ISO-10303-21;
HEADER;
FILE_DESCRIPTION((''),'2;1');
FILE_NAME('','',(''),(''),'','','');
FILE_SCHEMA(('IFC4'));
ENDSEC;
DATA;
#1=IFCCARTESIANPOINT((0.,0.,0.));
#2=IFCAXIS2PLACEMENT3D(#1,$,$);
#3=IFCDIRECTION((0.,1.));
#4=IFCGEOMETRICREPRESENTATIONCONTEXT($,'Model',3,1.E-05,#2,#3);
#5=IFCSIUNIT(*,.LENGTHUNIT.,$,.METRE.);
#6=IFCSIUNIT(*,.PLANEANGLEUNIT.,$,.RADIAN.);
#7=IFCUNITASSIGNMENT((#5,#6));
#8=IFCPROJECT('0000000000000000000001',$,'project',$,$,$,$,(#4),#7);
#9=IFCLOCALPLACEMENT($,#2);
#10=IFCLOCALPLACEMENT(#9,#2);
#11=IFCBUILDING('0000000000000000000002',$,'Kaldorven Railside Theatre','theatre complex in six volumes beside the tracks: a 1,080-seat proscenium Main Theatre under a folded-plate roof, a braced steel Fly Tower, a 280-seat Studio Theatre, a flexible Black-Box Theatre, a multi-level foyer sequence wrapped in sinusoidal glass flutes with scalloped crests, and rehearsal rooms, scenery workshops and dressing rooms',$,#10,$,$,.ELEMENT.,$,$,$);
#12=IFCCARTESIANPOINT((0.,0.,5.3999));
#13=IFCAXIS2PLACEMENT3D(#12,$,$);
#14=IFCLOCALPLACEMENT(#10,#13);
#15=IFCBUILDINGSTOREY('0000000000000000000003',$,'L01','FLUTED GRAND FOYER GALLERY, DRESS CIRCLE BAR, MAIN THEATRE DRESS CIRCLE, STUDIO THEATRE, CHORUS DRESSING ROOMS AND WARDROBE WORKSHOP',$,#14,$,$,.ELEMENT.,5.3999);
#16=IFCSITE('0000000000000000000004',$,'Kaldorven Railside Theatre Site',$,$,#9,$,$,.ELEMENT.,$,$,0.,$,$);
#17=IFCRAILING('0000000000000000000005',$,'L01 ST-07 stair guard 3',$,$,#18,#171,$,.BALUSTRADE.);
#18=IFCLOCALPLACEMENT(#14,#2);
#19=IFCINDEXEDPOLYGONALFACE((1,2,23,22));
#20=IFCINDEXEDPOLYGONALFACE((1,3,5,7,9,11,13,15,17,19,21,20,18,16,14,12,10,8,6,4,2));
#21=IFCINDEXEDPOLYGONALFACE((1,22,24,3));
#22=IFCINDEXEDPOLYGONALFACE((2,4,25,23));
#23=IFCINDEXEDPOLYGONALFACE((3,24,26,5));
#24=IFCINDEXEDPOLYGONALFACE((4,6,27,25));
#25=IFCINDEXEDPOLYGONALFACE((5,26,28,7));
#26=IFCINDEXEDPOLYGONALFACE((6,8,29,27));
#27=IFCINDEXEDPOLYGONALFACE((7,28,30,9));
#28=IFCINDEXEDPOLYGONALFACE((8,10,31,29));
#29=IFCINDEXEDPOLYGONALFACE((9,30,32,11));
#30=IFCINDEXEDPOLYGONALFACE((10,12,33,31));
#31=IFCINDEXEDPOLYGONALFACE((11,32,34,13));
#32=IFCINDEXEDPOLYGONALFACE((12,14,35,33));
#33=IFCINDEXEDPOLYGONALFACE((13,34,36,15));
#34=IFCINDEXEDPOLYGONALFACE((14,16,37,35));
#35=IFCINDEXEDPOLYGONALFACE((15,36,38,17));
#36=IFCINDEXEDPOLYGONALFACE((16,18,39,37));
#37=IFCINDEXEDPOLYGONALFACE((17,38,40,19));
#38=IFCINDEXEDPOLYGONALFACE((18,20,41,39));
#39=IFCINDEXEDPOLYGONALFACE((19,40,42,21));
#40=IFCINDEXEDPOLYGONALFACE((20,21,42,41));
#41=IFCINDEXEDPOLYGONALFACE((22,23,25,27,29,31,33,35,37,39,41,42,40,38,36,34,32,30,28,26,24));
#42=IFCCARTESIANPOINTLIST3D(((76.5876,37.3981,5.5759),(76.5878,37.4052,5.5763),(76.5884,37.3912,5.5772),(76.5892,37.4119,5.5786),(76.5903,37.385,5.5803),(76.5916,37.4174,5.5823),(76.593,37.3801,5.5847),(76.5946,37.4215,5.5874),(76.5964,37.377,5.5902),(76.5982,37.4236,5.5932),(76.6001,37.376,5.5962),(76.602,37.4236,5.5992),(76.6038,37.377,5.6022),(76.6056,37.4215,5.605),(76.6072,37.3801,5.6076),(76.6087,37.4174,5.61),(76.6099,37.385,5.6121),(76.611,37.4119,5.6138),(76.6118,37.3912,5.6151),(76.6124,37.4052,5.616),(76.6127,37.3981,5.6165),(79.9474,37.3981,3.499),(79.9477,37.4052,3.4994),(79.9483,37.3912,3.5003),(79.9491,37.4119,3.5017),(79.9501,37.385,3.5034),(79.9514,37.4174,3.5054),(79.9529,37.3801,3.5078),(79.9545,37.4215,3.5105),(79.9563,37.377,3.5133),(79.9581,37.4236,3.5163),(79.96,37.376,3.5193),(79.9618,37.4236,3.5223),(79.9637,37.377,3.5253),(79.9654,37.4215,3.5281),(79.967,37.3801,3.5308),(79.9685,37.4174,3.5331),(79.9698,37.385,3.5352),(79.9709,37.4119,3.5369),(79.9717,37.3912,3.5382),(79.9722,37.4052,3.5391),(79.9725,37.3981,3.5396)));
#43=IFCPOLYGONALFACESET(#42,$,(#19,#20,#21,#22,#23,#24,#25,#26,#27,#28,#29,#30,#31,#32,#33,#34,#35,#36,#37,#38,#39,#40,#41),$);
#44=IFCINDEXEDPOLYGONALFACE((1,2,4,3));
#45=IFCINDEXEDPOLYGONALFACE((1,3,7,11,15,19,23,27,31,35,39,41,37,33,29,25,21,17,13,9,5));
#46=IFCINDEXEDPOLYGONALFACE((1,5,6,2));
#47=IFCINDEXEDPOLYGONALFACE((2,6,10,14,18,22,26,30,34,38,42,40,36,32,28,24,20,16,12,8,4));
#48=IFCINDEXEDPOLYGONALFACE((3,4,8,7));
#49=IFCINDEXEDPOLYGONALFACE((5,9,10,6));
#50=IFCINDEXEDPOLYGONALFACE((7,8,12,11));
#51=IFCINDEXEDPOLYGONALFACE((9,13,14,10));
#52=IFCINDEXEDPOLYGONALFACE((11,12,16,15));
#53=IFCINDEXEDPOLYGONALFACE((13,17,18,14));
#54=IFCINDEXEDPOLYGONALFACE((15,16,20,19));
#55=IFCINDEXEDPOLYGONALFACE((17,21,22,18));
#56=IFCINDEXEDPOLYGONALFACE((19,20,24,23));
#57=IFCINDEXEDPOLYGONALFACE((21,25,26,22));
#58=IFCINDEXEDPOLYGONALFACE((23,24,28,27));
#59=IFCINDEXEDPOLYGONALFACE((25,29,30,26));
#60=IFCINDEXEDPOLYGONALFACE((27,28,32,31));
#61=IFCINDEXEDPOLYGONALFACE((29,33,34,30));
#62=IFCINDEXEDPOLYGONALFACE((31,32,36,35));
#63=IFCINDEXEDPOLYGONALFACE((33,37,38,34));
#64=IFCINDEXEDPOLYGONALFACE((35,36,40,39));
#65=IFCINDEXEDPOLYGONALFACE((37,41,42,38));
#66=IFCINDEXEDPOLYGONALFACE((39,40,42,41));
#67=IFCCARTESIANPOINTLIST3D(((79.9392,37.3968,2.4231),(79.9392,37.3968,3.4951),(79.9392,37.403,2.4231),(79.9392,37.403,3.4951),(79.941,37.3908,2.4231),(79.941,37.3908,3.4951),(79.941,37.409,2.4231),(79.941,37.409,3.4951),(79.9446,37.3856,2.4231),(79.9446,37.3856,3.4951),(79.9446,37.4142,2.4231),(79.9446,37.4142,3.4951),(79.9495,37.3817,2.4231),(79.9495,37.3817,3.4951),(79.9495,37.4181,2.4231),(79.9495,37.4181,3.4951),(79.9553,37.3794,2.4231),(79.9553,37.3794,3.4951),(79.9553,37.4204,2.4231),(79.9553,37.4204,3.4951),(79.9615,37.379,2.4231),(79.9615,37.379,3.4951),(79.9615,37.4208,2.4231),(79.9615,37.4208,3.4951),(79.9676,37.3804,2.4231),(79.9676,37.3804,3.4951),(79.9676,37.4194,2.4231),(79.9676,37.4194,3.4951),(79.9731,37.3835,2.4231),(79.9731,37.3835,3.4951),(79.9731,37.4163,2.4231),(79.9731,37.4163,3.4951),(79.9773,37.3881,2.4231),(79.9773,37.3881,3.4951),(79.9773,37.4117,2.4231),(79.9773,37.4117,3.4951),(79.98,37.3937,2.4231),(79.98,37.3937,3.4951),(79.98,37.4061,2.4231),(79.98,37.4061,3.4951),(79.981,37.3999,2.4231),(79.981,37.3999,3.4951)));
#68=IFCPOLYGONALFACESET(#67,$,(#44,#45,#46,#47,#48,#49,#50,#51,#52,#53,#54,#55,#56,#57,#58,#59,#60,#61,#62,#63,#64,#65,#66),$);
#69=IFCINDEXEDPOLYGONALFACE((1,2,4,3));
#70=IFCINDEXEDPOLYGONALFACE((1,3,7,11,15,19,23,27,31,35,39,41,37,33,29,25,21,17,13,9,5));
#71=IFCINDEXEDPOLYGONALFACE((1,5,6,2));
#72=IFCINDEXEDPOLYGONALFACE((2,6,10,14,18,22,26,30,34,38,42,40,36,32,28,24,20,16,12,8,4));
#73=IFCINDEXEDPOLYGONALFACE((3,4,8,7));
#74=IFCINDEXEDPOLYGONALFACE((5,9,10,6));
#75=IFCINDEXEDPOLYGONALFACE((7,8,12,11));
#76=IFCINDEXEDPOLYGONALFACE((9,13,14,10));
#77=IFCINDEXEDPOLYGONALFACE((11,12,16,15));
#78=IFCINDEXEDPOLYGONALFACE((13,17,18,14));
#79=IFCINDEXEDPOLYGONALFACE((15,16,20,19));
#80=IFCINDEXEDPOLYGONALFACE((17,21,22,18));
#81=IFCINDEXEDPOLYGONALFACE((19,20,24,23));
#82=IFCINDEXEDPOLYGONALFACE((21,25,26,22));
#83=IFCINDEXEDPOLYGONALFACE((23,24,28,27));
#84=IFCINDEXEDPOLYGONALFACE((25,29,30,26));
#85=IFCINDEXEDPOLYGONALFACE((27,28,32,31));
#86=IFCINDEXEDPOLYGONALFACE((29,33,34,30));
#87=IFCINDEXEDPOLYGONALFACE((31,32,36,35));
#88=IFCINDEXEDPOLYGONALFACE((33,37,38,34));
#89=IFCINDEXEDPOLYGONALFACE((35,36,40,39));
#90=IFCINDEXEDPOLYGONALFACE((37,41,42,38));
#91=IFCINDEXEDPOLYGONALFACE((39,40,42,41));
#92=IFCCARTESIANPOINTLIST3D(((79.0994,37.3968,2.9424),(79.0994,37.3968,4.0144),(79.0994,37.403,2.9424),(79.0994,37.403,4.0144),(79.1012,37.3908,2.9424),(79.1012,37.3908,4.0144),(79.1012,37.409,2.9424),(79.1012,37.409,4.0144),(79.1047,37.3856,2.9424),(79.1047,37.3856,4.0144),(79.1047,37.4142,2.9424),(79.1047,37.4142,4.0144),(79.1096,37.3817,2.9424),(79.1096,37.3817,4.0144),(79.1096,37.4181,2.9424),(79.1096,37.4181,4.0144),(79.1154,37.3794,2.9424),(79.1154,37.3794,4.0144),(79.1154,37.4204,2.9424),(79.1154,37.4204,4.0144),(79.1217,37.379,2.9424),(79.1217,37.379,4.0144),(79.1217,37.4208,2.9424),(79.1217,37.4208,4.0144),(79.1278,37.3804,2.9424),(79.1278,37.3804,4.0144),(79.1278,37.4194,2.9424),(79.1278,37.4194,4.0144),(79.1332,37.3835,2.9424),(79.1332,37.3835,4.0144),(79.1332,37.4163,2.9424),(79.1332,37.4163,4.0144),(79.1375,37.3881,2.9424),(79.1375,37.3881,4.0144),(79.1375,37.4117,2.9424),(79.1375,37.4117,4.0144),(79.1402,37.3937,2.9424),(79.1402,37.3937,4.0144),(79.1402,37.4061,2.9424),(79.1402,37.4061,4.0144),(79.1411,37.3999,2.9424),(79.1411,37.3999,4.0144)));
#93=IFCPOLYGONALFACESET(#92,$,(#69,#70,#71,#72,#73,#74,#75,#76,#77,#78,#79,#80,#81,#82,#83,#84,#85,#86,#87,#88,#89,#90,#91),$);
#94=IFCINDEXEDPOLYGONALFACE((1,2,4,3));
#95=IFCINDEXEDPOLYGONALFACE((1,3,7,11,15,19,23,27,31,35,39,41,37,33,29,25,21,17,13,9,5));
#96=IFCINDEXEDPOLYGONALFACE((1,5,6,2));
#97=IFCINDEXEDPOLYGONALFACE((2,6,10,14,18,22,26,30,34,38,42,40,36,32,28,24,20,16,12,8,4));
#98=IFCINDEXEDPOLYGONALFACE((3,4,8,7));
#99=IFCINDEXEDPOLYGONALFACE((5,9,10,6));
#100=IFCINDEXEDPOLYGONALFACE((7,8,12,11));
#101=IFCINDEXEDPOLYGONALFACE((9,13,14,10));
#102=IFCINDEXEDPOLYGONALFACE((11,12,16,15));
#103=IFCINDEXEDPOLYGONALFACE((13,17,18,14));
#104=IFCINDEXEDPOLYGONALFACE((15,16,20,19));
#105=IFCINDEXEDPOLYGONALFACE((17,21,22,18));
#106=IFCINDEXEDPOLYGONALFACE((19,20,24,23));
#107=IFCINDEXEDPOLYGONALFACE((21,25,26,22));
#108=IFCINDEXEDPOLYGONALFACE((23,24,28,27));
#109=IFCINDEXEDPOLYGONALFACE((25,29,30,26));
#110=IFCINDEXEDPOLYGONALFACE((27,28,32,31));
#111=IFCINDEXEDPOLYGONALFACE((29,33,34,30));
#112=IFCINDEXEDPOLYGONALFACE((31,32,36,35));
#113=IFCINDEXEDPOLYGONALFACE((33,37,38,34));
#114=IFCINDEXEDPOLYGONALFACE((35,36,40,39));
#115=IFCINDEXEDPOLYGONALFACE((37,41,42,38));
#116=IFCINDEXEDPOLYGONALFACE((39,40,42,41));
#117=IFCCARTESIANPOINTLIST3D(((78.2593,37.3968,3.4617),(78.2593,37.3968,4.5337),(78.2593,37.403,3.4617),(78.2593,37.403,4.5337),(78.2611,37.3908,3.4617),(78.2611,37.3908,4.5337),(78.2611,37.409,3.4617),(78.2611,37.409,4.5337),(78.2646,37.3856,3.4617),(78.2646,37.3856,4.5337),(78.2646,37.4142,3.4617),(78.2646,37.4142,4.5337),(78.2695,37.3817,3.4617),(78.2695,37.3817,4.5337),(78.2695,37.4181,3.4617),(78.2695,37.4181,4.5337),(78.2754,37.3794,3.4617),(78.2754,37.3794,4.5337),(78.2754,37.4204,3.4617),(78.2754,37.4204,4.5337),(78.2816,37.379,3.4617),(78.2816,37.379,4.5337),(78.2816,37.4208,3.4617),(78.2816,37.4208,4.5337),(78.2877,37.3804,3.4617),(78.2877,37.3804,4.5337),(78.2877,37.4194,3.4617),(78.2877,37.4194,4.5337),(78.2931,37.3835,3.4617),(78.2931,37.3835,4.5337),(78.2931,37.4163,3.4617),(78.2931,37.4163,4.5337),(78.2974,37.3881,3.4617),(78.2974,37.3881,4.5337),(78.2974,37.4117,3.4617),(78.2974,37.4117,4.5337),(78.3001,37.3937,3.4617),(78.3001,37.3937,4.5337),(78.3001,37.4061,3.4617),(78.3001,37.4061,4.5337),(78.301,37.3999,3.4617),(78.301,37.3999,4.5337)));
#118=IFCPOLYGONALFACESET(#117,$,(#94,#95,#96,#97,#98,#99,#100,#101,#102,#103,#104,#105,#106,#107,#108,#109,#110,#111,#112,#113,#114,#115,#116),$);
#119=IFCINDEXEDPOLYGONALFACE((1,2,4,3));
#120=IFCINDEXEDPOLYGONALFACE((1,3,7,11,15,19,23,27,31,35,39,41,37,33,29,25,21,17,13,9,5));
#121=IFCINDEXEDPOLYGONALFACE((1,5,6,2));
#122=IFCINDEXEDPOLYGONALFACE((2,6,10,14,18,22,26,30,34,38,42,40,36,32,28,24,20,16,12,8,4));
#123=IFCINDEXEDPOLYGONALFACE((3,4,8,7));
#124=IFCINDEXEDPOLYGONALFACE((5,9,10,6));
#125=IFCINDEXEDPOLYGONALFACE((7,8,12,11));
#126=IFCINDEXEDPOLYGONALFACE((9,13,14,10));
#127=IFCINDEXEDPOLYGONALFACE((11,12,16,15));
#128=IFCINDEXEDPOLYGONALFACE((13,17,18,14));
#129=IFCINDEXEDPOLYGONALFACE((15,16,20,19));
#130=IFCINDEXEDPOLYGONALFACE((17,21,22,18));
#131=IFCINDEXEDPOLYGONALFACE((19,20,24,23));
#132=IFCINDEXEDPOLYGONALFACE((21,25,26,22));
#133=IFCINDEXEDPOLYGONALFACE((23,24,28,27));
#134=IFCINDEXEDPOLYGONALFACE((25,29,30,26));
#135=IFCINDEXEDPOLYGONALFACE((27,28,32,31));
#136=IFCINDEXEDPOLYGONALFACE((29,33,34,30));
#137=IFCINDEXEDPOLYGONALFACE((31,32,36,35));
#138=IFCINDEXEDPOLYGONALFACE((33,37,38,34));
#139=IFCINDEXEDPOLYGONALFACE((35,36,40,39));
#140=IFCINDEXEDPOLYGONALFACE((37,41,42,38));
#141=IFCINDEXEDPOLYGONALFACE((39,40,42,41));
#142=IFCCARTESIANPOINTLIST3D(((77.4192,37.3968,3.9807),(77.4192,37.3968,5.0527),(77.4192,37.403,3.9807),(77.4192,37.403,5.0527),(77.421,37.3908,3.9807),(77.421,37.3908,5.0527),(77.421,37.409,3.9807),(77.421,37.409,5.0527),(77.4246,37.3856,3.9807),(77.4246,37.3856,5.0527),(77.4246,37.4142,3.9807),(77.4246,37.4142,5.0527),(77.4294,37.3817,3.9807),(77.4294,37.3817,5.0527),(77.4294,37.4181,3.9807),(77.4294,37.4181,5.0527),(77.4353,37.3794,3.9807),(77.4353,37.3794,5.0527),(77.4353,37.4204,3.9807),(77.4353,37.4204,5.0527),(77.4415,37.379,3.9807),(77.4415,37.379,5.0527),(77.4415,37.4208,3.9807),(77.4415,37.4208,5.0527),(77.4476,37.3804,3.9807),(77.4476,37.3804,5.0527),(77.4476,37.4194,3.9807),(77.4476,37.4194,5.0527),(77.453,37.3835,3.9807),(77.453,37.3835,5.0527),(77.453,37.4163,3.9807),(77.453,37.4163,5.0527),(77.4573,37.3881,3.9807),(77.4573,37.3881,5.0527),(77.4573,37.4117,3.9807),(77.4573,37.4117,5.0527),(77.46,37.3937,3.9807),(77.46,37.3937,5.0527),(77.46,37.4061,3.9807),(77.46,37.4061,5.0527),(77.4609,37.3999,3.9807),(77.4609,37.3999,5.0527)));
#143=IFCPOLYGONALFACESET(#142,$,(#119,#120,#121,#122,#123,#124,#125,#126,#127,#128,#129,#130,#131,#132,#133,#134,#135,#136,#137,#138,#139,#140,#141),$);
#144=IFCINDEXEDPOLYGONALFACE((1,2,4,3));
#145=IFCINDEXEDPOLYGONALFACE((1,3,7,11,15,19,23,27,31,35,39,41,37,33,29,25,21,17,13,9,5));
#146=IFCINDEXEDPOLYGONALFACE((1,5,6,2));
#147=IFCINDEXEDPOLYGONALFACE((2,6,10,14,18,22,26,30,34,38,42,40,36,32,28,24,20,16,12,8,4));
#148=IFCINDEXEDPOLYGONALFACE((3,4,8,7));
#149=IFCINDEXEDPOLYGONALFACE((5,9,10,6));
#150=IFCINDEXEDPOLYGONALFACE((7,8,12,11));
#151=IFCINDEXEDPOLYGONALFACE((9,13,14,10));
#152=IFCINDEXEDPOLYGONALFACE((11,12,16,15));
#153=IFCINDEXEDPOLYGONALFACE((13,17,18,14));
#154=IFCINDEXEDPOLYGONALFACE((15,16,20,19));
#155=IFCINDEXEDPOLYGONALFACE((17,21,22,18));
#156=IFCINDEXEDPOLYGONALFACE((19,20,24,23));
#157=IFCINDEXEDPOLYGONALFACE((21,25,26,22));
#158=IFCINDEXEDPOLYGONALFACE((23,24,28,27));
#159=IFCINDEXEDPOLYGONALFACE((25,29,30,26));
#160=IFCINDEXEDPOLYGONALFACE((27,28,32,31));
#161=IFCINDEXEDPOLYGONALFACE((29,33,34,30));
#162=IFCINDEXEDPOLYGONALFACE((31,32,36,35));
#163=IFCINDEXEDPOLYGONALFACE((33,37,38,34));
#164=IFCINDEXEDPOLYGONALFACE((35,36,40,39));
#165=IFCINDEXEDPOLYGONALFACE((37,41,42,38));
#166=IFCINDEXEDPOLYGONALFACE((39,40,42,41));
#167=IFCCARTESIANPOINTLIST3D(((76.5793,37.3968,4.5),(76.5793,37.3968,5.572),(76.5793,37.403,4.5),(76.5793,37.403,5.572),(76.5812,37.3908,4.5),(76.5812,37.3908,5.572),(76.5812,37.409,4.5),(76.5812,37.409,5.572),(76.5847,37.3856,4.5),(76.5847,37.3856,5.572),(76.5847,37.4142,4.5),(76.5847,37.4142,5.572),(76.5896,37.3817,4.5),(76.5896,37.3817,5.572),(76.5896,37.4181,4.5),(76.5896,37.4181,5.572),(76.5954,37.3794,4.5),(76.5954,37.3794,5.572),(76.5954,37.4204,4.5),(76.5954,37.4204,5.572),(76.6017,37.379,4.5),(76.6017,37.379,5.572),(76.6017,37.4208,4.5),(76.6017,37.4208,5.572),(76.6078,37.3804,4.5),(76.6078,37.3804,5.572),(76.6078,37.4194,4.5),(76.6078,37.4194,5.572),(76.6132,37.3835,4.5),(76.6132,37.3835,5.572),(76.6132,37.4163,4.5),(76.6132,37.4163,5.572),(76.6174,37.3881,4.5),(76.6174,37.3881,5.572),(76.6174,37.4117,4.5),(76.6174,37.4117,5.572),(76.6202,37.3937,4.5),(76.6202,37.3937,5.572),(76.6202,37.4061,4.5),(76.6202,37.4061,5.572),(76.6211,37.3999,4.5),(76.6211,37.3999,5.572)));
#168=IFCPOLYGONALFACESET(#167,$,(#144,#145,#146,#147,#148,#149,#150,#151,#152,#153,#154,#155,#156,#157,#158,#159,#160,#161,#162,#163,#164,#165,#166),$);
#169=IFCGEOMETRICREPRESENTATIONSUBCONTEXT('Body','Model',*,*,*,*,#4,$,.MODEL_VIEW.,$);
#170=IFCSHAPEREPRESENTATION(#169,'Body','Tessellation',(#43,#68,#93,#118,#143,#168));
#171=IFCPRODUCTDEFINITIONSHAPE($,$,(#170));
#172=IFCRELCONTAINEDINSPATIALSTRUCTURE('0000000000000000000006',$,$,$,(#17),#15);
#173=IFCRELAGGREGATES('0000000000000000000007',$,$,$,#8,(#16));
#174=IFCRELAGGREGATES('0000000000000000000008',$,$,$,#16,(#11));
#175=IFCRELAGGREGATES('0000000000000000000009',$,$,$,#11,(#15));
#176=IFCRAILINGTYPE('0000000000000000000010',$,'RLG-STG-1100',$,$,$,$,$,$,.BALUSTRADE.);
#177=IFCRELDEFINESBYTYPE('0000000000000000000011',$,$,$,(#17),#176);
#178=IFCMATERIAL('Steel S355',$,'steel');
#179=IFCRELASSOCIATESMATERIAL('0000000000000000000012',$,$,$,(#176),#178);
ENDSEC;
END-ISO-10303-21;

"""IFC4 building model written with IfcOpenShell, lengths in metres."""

from ifc_helpers import new_model, si_unit, direction, frame, origin, origin_2d, place, context, subcontext, project, spatial, circle, extrude, material, type_object, element, save


model = new_model("IFC4")

# Units and contexts
model_context = context("Model", 3, precision=1e-05, world=origin(), true_north=direction((0.0, 1.0)))
body_context = subcontext(model_context, "Body", "Model", "MODEL_VIEW")
ifc_project = project(units=[si_unit("LENGTHUNIT", "METRE"), si_unit("PLANEANGLEUNIT", "RADIAN")], contexts=[model_context])

# Site, building, storey
site_placement = place(None, origin())
site = spatial("IfcSite", under=ifc_project, at=site_placement, Name="Kaldorven Railside Theatre Site", CompositionType="ELEMENT", RefElevation=0.0)
building_placement = place(site_placement, origin())
building = spatial("IfcBuilding", under=site, at=building_placement, Name="Kaldorven Railside Theatre", Description="theatre complex in six volumes beside the tracks: a 1,080-seat proscenium Main Theatre under a folded-plate roof, a braced steel Fly Tower, a 280-seat Studio Theatre, a flexible Black-Box Theatre, a multi-level foyer sequence wrapped in sinusoidal glass flutes with scalloped crests, and rehearsal rooms, scenery workshops and dressing rooms", CompositionType="ELEMENT")
storey_placement = place(building_placement, frame((0.0, 0.0, 5.3999)))
storey = spatial("IfcBuildingStorey", under=building, at=storey_placement, Name="L01", Description="FLUTED GRAND FOYER GALLERY, DRESS CIRCLE BAR, MAIN THEATRE DRESS CIRCLE, STUDIO THEATRE, CHORUS DRESSING ROOMS AND WARDROBE WORKSHOP", CompositionType="ELEMENT", Elevation=5.3999)

# Railing
ifc_material_1 = material(Name="Steel S355", Category="steel")
railing_type_1 = type_object("IfcRailingType", Name="RLG-STG-1100", PredefinedType="BALUSTRADE", material=ifc_material_1)
railing_1_placement = place(storey_placement, frame((79.96, 37.3999, 2.4231)))
element("IfcRailing", 1, at=railing_1_placement, inside=storey, type_object=railing_type_1, Name="L01 ST-07 stair guard 3", PredefinedType="BALUSTRADE", context=body_context, shape_type="SweptSolid", body=[
    extrude(circle(Radius=0.0239, at=origin_2d()), frame((0.0, 0.0, 1.0962), z_axis=(-0.850606, 0.0, 0.525803), x_axis=(0.0, -1.0, 0.0)), (0.0, 0.0, 1.0), 3.95),
    extrude(circle(Radius=0.021, at=origin_2d()), origin(), (0.0, 0.0, 1.0), 1.072),
    extrude(circle(Radius=0.021, at=origin_2d()), frame((-0.8398, 0.0, 0.5193)), (0.0, 0.0, 1.0), 1.072),
    extrude(circle(Radius=0.021, at=origin_2d()), frame((-1.6799, 0.0, 1.0386)), (0.0, 0.0, 1.0), 1.072),
    extrude(circle(Radius=0.021, at=origin_2d()), frame((-2.52, 0.0, 1.5576)), (0.0, 0.0, 1.0), 1.072),
    extrude(circle(Radius=0.021, at=origin_2d()), frame((-3.3599, 0.0, 2.0769)), (0.0, 0.0, 1.0), 1.072),
])

save(model, "model.ifc")
